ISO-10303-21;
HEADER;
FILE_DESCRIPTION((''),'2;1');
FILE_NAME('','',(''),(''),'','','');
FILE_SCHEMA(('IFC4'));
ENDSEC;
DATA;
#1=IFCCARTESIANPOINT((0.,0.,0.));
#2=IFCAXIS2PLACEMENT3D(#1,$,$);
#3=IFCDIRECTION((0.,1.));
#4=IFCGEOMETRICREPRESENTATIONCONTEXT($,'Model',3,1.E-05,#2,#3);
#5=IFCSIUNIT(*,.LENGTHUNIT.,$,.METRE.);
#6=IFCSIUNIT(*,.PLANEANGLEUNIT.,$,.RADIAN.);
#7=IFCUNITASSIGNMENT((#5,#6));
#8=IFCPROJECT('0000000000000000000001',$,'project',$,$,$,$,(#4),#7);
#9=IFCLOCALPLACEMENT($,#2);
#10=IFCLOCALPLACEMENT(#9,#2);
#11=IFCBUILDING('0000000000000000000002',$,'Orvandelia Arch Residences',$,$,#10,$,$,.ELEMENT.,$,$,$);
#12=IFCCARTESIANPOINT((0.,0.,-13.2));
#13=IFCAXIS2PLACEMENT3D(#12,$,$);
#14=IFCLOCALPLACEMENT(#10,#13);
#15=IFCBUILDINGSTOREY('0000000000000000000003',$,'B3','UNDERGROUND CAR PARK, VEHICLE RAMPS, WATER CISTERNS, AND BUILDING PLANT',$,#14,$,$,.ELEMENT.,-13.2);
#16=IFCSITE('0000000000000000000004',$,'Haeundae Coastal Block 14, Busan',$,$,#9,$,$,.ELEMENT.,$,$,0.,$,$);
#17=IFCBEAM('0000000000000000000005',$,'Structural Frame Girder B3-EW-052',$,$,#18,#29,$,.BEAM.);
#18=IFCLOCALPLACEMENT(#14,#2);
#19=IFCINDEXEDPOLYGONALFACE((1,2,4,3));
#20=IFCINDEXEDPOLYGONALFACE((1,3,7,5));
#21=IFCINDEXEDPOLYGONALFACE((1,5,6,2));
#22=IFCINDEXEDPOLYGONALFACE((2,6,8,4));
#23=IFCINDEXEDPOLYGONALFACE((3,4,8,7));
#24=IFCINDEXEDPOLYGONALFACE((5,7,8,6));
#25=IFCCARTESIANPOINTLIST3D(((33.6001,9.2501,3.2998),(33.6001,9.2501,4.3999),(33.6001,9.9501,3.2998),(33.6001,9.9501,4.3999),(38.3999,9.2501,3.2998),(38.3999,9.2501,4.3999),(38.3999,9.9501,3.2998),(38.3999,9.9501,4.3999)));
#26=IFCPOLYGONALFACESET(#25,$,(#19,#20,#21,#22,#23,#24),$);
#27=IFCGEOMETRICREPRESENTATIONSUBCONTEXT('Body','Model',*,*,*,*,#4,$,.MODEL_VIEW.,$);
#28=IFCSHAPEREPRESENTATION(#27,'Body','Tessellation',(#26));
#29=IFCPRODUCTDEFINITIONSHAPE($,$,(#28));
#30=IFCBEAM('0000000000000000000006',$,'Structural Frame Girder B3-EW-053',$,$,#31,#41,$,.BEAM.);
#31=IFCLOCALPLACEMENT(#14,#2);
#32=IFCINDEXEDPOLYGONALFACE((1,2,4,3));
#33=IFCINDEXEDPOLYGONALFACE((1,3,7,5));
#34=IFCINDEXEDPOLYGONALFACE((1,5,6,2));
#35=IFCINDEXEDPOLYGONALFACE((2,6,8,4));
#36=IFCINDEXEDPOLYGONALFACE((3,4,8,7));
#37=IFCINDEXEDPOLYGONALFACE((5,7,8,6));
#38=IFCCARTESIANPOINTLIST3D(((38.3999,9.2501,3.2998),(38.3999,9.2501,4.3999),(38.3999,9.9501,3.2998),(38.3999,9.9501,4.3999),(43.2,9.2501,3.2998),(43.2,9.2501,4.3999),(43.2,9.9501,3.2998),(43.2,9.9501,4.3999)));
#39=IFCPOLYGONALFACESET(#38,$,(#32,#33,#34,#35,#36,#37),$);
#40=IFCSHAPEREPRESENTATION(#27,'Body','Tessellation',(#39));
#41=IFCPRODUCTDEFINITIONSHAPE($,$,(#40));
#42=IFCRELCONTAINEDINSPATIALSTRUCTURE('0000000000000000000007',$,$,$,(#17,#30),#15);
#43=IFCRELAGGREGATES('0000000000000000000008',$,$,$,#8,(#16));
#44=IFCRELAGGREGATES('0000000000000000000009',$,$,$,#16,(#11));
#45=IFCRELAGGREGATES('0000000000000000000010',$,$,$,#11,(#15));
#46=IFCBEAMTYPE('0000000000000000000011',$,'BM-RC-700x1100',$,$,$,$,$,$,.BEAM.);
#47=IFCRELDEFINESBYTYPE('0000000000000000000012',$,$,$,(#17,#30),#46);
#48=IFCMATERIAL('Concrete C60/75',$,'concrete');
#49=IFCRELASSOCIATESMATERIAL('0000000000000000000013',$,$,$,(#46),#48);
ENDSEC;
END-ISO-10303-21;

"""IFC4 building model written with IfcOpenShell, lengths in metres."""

from ifc_helpers import new_model, si_unit, direction, frame, origin, origin_2d, place, context, subcontext, project, spatial, rectangle, extrude, material, material_profile, profile_set, type_object, element, save


model = new_model("IFC4")

# Units and contexts
model_context = context("Model", 3, precision=1e-05, world=origin(), true_north=direction((0.0, 1.0)))
body_context = subcontext(model_context, "Body", "Model", "MODEL_VIEW")
ifc_project = project(units=[si_unit("LENGTHUNIT", "METRE"), si_unit("PLANEANGLEUNIT", "RADIAN")], contexts=[model_context])

# Site, building, storey
site_placement = place(None, origin())
site = spatial("IfcSite", under=ifc_project, at=site_placement, Name="Haeundae Coastal Block 14, Busan", CompositionType="ELEMENT", RefElevation=0.0)
building_placement = place(site_placement, origin())
building = spatial("IfcBuilding", under=site, at=building_placement, Name="Orvandelia Arch Residences", CompositionType="ELEMENT")
storey_placement = place(building_placement, frame((0.0, 0.0, -13.2)))
storey = spatial("IfcBuildingStorey", under=building, at=storey_placement, Name="B3", Description="UNDERGROUND CAR PARK, VEHICLE RAMPS, WATER CISTERNS, AND BUILDING PLANT", CompositionType="ELEMENT", Elevation=-13.2)

# Beams
ifc_material_1 = material(Name="Concrete C60/75", Category="concrete")
ifc_material_profile_1 = material_profile(ifc_material_1, rectangle(XDim=0.7, YDim=1.1001, at=origin_2d()), Name="Concrete C60/75", Category="concrete")
ifc_profile_set_1 = profile_set([ifc_material_profile_1], Name="Concrete C60/75")
beam_type = type_object("IfcBeamType", Name="BM-RC-700x1100", PredefinedType="BEAM", material=ifc_profile_set_1)
beam_1_placement = place(storey_placement, frame((33.6001, 9.6001, 3.8499), z_axis=(1.0, 0.0, 0.0), x_axis=(0.0, 1.0, 0.0)))
element("IfcBeam", 1, at=beam_1_placement, inside=storey, type_object=beam_type, Name="Structural Frame Girder B3-EW-052", PredefinedType="BEAM", context=body_context, shape_type="SweptSolid", body=[
    extrude(rectangle(XDim=0.7, YDim=1.1001, at=origin_2d()), origin(), (0.0, 0.0, 1.0), 4.7998),
])
beam_2_placement = place(storey_placement, frame((38.3999, 9.6001, 3.8499), z_axis=(1.0, 0.0, 0.0), x_axis=(0.0, 1.0, 0.0)))
element("IfcBeam", 2, at=beam_2_placement, inside=storey, type_object=beam_type, Name="Structural Frame Girder B3-EW-053", PredefinedType="BEAM", context=body_context, shape_type="SweptSolid", body=[
    extrude(rectangle(XDim=0.7, YDim=1.1001, at=origin_2d()), origin(), (0.0, 0.0, 1.0), 4.8),
])

save(model, "model.ifc")
